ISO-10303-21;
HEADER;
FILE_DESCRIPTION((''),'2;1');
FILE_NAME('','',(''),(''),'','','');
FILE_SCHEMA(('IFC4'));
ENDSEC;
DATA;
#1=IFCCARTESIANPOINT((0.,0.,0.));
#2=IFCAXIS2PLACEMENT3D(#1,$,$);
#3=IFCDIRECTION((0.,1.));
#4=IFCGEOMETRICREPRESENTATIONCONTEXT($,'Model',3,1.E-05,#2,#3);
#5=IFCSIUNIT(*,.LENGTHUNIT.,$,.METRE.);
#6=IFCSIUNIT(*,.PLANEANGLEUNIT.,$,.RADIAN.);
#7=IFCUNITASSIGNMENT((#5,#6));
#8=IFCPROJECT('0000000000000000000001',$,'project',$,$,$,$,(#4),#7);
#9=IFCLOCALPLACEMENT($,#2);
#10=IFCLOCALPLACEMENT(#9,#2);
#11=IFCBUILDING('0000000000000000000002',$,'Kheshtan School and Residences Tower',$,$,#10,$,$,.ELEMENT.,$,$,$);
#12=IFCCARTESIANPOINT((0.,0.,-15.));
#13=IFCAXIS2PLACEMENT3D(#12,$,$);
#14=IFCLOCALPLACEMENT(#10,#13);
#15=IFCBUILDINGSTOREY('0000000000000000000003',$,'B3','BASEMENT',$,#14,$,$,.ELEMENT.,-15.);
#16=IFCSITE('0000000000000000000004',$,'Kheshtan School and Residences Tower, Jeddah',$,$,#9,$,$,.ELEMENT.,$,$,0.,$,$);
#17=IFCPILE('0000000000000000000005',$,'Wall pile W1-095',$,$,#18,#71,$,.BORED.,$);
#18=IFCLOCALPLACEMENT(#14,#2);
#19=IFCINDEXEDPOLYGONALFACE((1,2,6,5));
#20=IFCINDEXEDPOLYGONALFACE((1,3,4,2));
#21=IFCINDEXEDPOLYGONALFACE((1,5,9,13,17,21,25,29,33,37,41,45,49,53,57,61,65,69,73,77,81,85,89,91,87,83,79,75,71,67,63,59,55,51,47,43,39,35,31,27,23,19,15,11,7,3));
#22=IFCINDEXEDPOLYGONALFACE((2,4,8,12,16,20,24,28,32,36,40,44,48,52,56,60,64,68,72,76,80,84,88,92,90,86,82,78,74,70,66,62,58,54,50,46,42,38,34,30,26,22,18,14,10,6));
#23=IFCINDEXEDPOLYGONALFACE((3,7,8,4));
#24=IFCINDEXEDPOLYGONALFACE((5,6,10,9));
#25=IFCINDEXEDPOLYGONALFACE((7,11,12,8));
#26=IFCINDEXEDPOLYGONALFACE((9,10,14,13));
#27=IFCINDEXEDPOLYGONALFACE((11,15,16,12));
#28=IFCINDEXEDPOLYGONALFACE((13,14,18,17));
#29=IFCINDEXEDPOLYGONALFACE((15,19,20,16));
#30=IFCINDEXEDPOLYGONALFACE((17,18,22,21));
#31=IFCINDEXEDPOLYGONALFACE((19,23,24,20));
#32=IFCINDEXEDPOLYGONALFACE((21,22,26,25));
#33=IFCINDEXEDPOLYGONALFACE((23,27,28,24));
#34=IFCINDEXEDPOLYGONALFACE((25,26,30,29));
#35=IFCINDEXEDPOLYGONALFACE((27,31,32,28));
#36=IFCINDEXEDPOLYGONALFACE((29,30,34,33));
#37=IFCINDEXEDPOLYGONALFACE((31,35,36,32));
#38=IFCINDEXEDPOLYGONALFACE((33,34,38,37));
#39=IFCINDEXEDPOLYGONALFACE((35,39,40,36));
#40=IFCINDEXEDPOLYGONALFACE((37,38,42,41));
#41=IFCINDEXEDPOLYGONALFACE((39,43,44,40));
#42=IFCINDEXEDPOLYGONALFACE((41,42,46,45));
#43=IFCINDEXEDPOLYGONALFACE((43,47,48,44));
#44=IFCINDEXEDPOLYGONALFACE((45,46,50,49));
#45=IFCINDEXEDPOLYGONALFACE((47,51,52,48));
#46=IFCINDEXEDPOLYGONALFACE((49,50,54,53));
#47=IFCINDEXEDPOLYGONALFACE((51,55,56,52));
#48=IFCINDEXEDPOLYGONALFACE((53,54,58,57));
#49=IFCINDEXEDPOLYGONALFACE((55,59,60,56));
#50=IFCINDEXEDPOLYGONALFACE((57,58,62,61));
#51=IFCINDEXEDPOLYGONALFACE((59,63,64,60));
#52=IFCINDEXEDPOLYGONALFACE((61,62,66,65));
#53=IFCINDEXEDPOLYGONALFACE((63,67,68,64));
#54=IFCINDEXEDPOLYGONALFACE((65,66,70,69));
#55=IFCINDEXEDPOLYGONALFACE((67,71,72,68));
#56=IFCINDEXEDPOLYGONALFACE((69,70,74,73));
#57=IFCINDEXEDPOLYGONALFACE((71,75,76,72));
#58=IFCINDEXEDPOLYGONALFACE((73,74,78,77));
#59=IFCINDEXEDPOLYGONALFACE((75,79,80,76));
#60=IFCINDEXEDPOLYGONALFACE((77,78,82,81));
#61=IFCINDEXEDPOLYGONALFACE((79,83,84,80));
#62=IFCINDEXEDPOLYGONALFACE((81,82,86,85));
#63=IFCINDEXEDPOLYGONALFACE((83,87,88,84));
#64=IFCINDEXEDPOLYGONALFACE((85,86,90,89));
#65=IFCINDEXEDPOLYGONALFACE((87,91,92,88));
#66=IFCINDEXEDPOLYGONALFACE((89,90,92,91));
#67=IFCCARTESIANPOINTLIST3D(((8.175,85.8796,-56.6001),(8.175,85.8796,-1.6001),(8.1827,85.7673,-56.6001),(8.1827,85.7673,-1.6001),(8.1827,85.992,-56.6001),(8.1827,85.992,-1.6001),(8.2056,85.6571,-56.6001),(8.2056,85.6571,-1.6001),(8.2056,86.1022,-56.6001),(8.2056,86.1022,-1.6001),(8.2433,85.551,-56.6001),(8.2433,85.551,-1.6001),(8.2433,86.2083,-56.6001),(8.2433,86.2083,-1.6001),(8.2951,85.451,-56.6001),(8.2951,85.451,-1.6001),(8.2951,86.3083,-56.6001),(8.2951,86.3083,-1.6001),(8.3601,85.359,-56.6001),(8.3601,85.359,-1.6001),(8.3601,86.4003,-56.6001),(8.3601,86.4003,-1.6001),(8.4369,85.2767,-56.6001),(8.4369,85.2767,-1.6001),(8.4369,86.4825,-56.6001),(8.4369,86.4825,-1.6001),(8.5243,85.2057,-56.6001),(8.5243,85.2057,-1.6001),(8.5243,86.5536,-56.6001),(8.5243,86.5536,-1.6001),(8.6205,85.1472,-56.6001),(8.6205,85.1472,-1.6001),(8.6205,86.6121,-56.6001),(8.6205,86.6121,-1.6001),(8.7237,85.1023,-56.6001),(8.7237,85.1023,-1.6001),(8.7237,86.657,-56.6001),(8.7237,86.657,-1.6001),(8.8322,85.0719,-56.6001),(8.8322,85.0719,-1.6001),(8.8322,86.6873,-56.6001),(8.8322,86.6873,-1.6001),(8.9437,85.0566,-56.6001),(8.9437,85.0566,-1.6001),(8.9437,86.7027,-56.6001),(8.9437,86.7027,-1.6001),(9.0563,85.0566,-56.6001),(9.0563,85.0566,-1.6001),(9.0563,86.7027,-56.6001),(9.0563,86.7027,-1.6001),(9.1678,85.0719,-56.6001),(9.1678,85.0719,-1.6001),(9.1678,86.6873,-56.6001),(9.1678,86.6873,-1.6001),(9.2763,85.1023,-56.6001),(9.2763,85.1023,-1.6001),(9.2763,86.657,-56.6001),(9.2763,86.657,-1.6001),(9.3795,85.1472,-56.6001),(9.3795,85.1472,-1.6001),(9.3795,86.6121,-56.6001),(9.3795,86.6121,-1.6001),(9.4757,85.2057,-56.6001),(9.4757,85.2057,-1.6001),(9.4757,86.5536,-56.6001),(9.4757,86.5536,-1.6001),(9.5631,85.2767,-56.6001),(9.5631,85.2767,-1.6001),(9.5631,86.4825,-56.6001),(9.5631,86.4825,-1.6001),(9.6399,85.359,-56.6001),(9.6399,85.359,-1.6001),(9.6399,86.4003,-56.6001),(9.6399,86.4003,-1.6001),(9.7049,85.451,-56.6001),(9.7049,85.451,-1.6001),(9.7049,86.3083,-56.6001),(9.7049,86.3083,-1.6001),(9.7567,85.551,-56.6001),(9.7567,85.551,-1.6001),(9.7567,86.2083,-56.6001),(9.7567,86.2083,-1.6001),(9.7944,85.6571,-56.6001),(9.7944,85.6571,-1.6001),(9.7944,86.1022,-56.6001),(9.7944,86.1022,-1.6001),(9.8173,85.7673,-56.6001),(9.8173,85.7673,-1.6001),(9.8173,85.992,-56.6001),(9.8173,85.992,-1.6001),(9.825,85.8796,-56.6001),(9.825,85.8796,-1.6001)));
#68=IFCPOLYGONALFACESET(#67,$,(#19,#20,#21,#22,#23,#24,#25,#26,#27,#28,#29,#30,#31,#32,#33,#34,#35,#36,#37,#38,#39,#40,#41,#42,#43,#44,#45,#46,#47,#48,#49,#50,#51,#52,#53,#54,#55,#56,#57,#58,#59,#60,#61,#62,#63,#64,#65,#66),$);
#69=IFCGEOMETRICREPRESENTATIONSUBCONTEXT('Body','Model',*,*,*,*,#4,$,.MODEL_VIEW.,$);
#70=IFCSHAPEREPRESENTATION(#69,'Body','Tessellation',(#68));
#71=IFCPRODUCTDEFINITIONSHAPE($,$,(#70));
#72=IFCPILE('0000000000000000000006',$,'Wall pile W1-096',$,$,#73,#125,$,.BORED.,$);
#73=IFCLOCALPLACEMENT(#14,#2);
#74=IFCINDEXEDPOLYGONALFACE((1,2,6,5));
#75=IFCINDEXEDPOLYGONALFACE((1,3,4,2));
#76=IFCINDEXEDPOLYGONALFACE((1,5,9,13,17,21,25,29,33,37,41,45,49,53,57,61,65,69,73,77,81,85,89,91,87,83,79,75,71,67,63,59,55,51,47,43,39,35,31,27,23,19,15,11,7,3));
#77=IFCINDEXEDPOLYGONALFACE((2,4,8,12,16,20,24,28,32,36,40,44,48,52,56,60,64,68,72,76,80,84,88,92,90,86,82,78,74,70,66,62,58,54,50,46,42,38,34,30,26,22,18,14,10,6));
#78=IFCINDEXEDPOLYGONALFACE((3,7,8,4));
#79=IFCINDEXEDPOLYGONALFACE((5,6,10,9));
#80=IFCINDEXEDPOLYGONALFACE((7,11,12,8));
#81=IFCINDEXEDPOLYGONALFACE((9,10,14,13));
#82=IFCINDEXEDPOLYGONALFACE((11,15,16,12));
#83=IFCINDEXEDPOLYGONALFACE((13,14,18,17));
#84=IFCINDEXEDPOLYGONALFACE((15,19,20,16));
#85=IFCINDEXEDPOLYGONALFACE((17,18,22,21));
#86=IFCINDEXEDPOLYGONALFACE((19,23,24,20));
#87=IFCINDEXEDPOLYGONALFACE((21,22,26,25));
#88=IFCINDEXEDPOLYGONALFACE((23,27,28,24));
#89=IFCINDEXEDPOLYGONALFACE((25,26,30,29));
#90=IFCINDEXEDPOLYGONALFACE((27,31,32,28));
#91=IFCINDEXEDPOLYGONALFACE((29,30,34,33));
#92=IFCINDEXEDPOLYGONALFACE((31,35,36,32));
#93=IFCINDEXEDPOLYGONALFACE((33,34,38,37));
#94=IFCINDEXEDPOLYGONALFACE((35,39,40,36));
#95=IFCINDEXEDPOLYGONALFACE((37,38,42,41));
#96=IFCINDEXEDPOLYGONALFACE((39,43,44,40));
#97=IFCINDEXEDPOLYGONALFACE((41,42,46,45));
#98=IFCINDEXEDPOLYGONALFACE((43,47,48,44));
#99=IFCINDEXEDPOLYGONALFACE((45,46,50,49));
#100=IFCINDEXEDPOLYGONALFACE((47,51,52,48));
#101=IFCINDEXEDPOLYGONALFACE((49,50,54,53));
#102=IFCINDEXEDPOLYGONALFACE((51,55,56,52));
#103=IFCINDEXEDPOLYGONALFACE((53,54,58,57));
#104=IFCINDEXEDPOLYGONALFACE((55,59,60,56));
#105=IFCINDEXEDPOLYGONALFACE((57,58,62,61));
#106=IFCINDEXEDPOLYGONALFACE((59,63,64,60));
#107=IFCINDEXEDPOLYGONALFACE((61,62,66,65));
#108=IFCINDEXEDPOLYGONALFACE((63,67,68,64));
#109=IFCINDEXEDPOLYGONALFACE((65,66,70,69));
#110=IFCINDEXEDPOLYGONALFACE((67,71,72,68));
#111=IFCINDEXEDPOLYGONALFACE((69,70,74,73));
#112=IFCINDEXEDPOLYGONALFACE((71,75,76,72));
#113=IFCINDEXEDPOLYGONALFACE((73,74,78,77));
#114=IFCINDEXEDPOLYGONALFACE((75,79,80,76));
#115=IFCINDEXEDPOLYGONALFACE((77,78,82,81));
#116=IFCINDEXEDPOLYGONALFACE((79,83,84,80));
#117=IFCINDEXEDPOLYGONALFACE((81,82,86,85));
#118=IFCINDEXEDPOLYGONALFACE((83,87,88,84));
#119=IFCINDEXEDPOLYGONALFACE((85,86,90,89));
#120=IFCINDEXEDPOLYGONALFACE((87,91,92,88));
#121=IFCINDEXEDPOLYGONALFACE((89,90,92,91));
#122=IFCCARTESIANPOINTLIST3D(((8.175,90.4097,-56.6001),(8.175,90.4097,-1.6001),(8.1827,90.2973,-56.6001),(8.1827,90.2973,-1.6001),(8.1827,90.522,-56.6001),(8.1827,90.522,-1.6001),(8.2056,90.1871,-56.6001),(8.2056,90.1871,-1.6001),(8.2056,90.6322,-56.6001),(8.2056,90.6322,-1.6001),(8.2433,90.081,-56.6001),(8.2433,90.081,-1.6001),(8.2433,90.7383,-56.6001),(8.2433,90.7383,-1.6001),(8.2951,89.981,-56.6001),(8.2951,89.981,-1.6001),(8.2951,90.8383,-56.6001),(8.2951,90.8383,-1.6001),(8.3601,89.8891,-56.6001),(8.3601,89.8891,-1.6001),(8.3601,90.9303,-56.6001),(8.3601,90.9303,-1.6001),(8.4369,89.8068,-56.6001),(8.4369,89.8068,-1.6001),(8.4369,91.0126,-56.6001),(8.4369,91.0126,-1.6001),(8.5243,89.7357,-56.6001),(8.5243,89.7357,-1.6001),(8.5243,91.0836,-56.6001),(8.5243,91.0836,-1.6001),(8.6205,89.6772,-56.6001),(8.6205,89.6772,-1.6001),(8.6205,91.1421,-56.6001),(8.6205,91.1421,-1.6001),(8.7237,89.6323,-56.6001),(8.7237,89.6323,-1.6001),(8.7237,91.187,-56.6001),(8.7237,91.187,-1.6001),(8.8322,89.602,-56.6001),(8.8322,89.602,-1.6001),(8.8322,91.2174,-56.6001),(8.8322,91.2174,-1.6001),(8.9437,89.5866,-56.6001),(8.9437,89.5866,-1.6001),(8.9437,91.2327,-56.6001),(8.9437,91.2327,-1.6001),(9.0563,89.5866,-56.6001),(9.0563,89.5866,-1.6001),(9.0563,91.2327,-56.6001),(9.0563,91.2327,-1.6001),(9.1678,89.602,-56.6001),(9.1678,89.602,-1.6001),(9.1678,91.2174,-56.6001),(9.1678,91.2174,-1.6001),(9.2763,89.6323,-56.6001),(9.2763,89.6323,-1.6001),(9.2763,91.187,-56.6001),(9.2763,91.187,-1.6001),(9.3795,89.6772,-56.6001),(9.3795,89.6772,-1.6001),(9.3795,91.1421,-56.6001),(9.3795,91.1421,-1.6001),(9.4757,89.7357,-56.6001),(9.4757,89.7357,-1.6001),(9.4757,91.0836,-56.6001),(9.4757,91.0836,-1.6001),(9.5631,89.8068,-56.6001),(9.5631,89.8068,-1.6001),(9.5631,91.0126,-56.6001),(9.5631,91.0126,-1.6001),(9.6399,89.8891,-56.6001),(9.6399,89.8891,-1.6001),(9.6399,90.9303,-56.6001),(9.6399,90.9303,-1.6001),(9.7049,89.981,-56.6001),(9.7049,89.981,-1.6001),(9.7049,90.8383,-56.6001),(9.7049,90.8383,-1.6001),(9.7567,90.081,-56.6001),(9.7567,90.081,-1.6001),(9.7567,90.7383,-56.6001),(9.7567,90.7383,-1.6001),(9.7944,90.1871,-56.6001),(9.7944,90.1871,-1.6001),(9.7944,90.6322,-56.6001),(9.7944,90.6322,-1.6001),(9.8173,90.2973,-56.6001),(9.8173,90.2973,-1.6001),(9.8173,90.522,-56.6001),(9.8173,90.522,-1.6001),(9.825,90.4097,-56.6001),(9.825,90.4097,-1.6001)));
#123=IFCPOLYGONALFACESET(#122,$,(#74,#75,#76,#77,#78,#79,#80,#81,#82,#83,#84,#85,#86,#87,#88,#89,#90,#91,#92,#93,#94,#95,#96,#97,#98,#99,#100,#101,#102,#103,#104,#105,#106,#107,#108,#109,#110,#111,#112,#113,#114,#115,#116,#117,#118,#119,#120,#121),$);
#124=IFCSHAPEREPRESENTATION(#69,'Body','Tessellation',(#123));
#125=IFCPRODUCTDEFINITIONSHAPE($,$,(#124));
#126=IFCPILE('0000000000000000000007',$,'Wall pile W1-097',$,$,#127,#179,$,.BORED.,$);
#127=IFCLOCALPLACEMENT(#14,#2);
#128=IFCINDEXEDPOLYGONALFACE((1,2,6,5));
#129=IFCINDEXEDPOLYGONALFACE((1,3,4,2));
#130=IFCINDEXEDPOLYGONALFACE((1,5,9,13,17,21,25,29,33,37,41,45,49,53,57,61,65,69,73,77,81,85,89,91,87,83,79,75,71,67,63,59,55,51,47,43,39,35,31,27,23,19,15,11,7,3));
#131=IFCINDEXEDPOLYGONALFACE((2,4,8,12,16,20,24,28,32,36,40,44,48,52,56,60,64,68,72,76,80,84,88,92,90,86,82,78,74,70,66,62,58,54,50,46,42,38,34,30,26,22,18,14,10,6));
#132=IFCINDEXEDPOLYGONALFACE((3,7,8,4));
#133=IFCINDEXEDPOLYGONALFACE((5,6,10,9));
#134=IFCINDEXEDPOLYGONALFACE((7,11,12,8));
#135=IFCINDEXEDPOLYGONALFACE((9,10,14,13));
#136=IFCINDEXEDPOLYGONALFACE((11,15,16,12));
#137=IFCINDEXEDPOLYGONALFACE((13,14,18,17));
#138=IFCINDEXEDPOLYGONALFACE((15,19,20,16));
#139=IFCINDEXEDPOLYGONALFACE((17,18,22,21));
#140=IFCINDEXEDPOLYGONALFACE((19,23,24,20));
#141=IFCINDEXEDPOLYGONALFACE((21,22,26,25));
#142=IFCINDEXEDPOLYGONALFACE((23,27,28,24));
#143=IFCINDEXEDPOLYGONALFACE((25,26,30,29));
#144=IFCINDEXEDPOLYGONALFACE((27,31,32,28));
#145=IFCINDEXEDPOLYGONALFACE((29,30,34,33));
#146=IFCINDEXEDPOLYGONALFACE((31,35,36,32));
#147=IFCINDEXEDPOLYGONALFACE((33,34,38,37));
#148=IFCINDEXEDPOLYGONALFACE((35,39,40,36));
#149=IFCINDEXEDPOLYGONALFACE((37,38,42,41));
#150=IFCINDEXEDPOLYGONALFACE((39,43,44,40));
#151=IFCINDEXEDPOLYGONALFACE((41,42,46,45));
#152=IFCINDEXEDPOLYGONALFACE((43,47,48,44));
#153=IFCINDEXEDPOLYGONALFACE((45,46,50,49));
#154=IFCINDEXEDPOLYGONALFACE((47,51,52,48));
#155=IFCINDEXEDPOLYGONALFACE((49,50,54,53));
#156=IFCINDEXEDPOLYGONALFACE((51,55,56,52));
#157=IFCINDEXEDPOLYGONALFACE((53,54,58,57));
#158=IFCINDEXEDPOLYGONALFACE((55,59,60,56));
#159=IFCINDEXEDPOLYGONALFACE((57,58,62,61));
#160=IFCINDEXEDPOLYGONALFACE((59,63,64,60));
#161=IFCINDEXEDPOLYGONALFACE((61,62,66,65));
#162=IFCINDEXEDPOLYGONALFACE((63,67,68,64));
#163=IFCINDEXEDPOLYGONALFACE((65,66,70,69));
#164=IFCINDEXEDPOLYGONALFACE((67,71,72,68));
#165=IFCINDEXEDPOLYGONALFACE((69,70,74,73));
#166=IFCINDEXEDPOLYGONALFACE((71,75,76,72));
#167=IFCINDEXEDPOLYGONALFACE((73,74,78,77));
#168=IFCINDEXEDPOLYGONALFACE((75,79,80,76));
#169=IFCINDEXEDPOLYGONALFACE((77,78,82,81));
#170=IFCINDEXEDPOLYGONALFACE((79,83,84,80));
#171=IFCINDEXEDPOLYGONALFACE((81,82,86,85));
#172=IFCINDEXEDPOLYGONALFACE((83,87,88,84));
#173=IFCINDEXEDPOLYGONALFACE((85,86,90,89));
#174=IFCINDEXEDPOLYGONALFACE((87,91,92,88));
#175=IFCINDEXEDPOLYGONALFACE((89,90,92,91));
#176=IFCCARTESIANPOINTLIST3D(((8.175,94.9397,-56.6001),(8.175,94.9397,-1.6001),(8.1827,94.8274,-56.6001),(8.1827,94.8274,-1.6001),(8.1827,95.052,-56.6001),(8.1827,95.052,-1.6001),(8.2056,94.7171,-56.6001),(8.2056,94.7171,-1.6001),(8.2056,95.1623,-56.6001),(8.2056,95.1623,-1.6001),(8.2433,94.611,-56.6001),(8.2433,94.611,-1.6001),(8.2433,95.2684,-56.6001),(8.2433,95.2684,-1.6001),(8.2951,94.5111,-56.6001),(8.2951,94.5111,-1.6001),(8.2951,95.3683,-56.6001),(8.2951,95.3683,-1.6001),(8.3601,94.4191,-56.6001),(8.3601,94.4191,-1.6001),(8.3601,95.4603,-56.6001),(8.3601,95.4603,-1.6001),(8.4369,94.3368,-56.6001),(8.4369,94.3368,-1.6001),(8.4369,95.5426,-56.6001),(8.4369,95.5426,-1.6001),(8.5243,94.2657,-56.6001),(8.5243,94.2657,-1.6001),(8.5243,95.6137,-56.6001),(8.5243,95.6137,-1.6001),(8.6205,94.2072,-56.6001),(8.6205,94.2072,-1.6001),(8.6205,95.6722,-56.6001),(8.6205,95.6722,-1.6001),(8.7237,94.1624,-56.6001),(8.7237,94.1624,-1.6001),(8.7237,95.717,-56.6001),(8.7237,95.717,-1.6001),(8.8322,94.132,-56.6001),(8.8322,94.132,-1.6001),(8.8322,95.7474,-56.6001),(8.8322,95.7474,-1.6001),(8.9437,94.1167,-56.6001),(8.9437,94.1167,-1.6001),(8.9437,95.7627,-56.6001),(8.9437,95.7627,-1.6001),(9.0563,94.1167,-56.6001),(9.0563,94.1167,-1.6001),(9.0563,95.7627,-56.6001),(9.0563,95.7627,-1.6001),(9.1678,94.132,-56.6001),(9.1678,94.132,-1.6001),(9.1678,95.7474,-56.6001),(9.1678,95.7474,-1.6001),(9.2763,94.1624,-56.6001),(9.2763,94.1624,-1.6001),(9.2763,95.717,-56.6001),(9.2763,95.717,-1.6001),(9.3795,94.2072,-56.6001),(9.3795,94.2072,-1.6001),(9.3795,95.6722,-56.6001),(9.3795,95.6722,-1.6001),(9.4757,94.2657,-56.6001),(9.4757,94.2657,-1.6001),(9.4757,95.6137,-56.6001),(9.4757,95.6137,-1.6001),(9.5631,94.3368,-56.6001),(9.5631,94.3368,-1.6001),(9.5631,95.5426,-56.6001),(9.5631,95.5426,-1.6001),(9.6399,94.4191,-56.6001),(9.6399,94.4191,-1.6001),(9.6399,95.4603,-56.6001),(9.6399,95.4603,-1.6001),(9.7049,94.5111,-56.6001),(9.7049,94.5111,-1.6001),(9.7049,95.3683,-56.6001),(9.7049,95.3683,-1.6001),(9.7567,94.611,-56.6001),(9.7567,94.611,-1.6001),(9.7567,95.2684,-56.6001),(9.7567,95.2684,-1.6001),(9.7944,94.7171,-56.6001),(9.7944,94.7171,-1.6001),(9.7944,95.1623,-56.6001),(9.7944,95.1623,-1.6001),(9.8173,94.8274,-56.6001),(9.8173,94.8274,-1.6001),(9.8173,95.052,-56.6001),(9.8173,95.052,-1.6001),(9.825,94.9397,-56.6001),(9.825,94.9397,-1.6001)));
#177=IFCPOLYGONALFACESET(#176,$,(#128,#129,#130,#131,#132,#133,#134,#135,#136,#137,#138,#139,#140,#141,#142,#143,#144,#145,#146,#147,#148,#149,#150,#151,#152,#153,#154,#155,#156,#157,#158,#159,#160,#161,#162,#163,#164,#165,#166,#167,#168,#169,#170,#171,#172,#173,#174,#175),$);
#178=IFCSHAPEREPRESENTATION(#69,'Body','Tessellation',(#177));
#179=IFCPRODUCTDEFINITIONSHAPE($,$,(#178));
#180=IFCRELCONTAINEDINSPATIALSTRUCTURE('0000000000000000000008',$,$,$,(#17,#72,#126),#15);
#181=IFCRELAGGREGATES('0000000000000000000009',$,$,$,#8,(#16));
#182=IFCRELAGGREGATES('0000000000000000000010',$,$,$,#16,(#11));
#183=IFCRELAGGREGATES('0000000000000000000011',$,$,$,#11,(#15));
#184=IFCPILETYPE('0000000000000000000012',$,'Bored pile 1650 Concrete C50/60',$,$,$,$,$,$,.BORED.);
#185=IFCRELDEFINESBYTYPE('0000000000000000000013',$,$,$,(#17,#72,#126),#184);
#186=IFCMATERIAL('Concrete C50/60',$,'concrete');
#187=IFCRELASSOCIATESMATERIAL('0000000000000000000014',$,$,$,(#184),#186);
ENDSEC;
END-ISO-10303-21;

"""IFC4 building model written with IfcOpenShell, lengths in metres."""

from ifc_helpers import new_model, si_unit, direction, frame, origin, origin_2d, place, context, subcontext, project, spatial, circle, extrude, material, material_profile, profile_set, type_object, element, save


model = new_model("IFC4")

# Units and contexts
model_context = context("Model", 3, precision=1e-05, world=origin(), true_north=direction((0.0, 1.0)))
body_context = subcontext(model_context, "Body", "Model", "MODEL_VIEW")
ifc_project = project(units=[si_unit("LENGTHUNIT", "METRE"), si_unit("PLANEANGLEUNIT", "RADIAN")], contexts=[model_context])

# Site, building, storey
site_placement = place(None, origin())
site = spatial("IfcSite", under=ifc_project, at=site_placement, Name="Kheshtan School and Residences Tower, Jeddah", CompositionType="ELEMENT", RefElevation=0.0)
building_placement = place(site_placement, origin())
building = spatial("IfcBuilding", under=site, at=building_placement, Name="Kheshtan School and Residences Tower", CompositionType="ELEMENT")
storey_placement = place(building_placement, frame((0.0, 0.0, -15.0)))
storey = spatial("IfcBuildingStorey", under=building, at=storey_placement, Name="B3", Description="BASEMENT", CompositionType="ELEMENT", Elevation=-15.0)

# Piles
ifc_material_1 = material(Name="Concrete C50/60", Category="concrete")
ifc_material_profile_1 = material_profile(ifc_material_1, circle(Radius=0.825, at=origin_2d()), Name="BP 1650")
ifc_profile_set_1 = profile_set([ifc_material_profile_1], Name="Concrete C50/60")
pile_type_1 = type_object("IfcPileType", Name="Bored pile 1650 Concrete C50/60", PredefinedType="BORED", material=ifc_profile_set_1)
for number, where, z_axis, x_axis, name in (
    (1, (9.0, 85.8796, -1.6001), (0.0, 0.0, -1.0), (1.0, 0.0, 0.0), "Wall pile W1-095"),
    (2, (9.0, 90.4097, -1.6001), (0.0, 0.0, -1.0), (1.0, 0.0, 0.0), "Wall pile W1-096"),
    (3, (9.0, 94.9397, -1.6001), (0.0, 0.0, -1.0), (1.0, 0.0, 0.0), "Wall pile W1-097"),
):
    element("IfcPile", number, at=place(storey_placement, frame(where, z_axis=z_axis, x_axis=x_axis)), inside=storey, type_object=pile_type_1, Name=name, PredefinedType="BORED", context=body_context, shape_type="SweptSolid", body=[
        extrude(circle(Radius=0.825, at=origin_2d()), origin(), (0.0, 0.0, 1.0), 55.0),
    ])

save(model, "model.ifc")
